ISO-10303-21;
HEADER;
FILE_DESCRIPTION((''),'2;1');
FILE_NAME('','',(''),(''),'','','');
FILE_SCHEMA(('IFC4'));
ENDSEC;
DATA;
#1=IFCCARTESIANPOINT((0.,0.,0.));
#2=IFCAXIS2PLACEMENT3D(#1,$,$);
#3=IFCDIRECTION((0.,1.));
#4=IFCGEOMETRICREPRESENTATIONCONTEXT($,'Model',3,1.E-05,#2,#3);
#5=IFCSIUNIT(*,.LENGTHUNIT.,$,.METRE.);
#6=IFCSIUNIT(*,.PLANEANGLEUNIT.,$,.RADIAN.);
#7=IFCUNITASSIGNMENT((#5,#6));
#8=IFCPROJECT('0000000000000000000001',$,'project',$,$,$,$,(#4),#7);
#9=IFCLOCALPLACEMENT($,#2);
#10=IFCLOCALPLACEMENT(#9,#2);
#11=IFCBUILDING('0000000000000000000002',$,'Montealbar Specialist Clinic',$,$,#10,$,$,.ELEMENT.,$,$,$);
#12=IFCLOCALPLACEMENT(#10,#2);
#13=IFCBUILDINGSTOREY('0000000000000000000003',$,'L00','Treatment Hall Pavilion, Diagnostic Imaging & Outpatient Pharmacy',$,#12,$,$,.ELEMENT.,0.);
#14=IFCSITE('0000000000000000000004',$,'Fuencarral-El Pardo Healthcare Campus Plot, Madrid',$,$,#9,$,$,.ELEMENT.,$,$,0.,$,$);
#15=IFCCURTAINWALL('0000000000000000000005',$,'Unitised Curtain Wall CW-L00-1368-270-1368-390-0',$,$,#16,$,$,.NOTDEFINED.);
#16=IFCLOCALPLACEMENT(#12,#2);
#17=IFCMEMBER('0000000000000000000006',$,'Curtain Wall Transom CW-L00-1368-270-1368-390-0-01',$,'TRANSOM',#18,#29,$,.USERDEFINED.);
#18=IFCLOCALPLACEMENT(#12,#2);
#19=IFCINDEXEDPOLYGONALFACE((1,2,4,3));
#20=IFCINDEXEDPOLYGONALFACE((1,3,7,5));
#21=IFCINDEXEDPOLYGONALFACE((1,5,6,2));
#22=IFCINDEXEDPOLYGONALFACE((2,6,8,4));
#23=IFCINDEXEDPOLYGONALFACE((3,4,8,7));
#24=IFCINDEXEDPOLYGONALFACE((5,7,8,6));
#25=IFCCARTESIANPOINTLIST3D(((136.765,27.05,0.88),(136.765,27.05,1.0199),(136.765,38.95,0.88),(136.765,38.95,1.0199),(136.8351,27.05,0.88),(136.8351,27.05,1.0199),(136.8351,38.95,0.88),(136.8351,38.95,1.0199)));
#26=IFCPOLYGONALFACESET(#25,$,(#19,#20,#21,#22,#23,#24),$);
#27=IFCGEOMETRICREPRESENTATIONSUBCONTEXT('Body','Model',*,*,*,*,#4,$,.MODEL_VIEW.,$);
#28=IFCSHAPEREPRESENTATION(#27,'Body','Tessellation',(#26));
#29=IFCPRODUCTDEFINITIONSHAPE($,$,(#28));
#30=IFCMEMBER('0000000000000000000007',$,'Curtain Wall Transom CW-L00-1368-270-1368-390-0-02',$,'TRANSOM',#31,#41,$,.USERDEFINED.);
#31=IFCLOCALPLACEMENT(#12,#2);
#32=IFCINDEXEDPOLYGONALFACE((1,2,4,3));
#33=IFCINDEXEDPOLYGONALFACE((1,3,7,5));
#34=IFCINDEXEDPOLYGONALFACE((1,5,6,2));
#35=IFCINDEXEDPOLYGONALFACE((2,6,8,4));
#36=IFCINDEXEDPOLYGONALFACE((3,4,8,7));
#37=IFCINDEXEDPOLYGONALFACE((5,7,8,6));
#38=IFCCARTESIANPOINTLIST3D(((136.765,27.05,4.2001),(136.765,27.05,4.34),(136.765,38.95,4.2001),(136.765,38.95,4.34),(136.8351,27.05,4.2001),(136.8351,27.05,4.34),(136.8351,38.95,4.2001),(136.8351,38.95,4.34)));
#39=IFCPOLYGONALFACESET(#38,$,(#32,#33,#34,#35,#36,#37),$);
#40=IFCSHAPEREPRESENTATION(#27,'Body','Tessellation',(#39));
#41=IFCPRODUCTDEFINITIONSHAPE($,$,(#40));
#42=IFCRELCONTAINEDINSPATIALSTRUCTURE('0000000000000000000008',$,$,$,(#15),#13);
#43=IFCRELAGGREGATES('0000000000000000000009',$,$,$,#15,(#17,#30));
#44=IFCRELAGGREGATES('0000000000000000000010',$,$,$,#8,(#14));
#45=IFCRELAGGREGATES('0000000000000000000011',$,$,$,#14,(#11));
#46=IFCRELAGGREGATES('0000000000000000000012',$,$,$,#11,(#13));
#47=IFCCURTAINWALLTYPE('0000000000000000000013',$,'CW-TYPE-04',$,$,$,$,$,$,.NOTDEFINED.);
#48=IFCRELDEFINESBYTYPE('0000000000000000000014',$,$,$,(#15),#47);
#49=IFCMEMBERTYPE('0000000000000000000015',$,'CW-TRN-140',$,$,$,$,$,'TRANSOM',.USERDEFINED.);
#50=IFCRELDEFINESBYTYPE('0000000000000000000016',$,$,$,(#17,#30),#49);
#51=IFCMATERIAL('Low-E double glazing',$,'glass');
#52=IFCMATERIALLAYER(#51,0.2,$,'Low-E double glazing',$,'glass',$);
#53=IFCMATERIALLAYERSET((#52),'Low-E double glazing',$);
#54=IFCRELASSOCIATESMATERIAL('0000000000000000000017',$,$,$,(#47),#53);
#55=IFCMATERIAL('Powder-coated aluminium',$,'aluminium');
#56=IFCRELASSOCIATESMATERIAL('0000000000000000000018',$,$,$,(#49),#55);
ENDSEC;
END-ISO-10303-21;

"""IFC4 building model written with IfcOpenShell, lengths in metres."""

from ifc_helpers import new_model, si_unit, direction, frame, origin, origin_2d, place, context, subcontext, project, spatial, rectangle, extrude, material, layer, layer_set, material_profile, profile_set, type_object, element, aggregate, save


model = new_model("IFC4")

# Units and contexts
model_context = context("Model", 3, precision=1e-05, world=origin(), true_north=direction((0.0, 1.0)))
body_context = subcontext(model_context, "Body", "Model", "MODEL_VIEW")
ifc_project = project(units=[si_unit("LENGTHUNIT", "METRE"), si_unit("PLANEANGLEUNIT", "RADIAN")], contexts=[model_context])

# Site, building, storey
site_placement = place(None, origin())
site = spatial("IfcSite", under=ifc_project, at=site_placement, Name="Fuencarral-El Pardo Healthcare Campus Plot, Madrid", CompositionType="ELEMENT", RefElevation=0.0)
building_placement = place(site_placement, origin())
building = spatial("IfcBuilding", under=site, at=building_placement, Name="Montealbar Specialist Clinic", CompositionType="ELEMENT")
storey_placement = place(building_placement, origin())
storey = spatial("IfcBuildingStorey", under=building, at=storey_placement, Name="L00", Description="Treatment Hall Pavilion, Diagnostic Imaging & Outpatient Pharmacy", CompositionType="ELEMENT", Elevation=0.0)

# Shared definitions
ifc_material_1 = material(Name="Low-E double glazing", Category="glass")

# Curtain wall, members
ifc_layer_1 = layer(ifc_material_1, 0.2, Name="Low-E double glazing", Category="glass")
ifc_layer_set_1 = layer_set([ifc_layer_1], Name="Low-E double glazing")
curtain_wall_type_1 = type_object("IfcCurtainWallType", Name="CW-TYPE-04", PredefinedType="NOTDEFINED", material=ifc_layer_set_1)
curtain_wall_1_placement = place(storey_placement, origin())
curtain_wall_1 = element("IfcCurtainWall", 1, at=curtain_wall_1_placement, inside=storey, type_object=curtain_wall_type_1, Name="Unitised Curtain Wall CW-L00-1368-270-1368-390-0", PredefinedType="NOTDEFINED")
ifc_material_2 = material(Name="Powder-coated aluminium", Category="aluminium")
ifc_material_profile_1 = material_profile(ifc_material_2, rectangle(XDim=0.0701, YDim=0.1399, at=origin_2d()), Name="ALU 70x140", Category="aluminium")
ifc_profile_set_1 = profile_set([ifc_material_profile_1], Name="Powder-coated aluminium")
member_type_1 = type_object("IfcMemberType", Name="CW-TRN-140", ElementType="TRANSOM", PredefinedType="USERDEFINED", material=ifc_profile_set_1)
member_1_placement = place(storey_placement, frame((136.8, 27.05, 0.95), z_axis=(0.0, 1.0, 0.0), x_axis=(-1.0, 0.0, 0.0)))
member_1 = element("IfcMember", 2, at=member_1_placement, type_object=member_type_1, Name="Curtain Wall Transom CW-L00-1368-270-1368-390-0-01", ObjectType="TRANSOM", PredefinedType="USERDEFINED", context=body_context, shape_type="SweptSolid", body=[
    extrude(rectangle(XDim=0.0701, YDim=0.1399, at=origin_2d()), origin(), (0.0, 0.0, 1.0), 11.8999),
])
member_2_placement = place(storey_placement, frame((136.8, 27.05, 4.27), z_axis=(0.0, 1.0, 0.0), x_axis=(-1.0, 0.0, 0.0)))
member_2 = element("IfcMember", 3, at=member_2_placement, type_object=member_type_1, Name="Curtain Wall Transom CW-L00-1368-270-1368-390-0-02", ObjectType="TRANSOM", PredefinedType="USERDEFINED", context=body_context, shape_type="SweptSolid", body=[
    extrude(rectangle(XDim=0.0701, YDim=0.1399, at=origin_2d()), origin(), (0.0, 0.0, 1.0), 11.8999),
])
aggregate(curtain_wall_1, [member_1, member_2])

save(model, "model.ifc")
